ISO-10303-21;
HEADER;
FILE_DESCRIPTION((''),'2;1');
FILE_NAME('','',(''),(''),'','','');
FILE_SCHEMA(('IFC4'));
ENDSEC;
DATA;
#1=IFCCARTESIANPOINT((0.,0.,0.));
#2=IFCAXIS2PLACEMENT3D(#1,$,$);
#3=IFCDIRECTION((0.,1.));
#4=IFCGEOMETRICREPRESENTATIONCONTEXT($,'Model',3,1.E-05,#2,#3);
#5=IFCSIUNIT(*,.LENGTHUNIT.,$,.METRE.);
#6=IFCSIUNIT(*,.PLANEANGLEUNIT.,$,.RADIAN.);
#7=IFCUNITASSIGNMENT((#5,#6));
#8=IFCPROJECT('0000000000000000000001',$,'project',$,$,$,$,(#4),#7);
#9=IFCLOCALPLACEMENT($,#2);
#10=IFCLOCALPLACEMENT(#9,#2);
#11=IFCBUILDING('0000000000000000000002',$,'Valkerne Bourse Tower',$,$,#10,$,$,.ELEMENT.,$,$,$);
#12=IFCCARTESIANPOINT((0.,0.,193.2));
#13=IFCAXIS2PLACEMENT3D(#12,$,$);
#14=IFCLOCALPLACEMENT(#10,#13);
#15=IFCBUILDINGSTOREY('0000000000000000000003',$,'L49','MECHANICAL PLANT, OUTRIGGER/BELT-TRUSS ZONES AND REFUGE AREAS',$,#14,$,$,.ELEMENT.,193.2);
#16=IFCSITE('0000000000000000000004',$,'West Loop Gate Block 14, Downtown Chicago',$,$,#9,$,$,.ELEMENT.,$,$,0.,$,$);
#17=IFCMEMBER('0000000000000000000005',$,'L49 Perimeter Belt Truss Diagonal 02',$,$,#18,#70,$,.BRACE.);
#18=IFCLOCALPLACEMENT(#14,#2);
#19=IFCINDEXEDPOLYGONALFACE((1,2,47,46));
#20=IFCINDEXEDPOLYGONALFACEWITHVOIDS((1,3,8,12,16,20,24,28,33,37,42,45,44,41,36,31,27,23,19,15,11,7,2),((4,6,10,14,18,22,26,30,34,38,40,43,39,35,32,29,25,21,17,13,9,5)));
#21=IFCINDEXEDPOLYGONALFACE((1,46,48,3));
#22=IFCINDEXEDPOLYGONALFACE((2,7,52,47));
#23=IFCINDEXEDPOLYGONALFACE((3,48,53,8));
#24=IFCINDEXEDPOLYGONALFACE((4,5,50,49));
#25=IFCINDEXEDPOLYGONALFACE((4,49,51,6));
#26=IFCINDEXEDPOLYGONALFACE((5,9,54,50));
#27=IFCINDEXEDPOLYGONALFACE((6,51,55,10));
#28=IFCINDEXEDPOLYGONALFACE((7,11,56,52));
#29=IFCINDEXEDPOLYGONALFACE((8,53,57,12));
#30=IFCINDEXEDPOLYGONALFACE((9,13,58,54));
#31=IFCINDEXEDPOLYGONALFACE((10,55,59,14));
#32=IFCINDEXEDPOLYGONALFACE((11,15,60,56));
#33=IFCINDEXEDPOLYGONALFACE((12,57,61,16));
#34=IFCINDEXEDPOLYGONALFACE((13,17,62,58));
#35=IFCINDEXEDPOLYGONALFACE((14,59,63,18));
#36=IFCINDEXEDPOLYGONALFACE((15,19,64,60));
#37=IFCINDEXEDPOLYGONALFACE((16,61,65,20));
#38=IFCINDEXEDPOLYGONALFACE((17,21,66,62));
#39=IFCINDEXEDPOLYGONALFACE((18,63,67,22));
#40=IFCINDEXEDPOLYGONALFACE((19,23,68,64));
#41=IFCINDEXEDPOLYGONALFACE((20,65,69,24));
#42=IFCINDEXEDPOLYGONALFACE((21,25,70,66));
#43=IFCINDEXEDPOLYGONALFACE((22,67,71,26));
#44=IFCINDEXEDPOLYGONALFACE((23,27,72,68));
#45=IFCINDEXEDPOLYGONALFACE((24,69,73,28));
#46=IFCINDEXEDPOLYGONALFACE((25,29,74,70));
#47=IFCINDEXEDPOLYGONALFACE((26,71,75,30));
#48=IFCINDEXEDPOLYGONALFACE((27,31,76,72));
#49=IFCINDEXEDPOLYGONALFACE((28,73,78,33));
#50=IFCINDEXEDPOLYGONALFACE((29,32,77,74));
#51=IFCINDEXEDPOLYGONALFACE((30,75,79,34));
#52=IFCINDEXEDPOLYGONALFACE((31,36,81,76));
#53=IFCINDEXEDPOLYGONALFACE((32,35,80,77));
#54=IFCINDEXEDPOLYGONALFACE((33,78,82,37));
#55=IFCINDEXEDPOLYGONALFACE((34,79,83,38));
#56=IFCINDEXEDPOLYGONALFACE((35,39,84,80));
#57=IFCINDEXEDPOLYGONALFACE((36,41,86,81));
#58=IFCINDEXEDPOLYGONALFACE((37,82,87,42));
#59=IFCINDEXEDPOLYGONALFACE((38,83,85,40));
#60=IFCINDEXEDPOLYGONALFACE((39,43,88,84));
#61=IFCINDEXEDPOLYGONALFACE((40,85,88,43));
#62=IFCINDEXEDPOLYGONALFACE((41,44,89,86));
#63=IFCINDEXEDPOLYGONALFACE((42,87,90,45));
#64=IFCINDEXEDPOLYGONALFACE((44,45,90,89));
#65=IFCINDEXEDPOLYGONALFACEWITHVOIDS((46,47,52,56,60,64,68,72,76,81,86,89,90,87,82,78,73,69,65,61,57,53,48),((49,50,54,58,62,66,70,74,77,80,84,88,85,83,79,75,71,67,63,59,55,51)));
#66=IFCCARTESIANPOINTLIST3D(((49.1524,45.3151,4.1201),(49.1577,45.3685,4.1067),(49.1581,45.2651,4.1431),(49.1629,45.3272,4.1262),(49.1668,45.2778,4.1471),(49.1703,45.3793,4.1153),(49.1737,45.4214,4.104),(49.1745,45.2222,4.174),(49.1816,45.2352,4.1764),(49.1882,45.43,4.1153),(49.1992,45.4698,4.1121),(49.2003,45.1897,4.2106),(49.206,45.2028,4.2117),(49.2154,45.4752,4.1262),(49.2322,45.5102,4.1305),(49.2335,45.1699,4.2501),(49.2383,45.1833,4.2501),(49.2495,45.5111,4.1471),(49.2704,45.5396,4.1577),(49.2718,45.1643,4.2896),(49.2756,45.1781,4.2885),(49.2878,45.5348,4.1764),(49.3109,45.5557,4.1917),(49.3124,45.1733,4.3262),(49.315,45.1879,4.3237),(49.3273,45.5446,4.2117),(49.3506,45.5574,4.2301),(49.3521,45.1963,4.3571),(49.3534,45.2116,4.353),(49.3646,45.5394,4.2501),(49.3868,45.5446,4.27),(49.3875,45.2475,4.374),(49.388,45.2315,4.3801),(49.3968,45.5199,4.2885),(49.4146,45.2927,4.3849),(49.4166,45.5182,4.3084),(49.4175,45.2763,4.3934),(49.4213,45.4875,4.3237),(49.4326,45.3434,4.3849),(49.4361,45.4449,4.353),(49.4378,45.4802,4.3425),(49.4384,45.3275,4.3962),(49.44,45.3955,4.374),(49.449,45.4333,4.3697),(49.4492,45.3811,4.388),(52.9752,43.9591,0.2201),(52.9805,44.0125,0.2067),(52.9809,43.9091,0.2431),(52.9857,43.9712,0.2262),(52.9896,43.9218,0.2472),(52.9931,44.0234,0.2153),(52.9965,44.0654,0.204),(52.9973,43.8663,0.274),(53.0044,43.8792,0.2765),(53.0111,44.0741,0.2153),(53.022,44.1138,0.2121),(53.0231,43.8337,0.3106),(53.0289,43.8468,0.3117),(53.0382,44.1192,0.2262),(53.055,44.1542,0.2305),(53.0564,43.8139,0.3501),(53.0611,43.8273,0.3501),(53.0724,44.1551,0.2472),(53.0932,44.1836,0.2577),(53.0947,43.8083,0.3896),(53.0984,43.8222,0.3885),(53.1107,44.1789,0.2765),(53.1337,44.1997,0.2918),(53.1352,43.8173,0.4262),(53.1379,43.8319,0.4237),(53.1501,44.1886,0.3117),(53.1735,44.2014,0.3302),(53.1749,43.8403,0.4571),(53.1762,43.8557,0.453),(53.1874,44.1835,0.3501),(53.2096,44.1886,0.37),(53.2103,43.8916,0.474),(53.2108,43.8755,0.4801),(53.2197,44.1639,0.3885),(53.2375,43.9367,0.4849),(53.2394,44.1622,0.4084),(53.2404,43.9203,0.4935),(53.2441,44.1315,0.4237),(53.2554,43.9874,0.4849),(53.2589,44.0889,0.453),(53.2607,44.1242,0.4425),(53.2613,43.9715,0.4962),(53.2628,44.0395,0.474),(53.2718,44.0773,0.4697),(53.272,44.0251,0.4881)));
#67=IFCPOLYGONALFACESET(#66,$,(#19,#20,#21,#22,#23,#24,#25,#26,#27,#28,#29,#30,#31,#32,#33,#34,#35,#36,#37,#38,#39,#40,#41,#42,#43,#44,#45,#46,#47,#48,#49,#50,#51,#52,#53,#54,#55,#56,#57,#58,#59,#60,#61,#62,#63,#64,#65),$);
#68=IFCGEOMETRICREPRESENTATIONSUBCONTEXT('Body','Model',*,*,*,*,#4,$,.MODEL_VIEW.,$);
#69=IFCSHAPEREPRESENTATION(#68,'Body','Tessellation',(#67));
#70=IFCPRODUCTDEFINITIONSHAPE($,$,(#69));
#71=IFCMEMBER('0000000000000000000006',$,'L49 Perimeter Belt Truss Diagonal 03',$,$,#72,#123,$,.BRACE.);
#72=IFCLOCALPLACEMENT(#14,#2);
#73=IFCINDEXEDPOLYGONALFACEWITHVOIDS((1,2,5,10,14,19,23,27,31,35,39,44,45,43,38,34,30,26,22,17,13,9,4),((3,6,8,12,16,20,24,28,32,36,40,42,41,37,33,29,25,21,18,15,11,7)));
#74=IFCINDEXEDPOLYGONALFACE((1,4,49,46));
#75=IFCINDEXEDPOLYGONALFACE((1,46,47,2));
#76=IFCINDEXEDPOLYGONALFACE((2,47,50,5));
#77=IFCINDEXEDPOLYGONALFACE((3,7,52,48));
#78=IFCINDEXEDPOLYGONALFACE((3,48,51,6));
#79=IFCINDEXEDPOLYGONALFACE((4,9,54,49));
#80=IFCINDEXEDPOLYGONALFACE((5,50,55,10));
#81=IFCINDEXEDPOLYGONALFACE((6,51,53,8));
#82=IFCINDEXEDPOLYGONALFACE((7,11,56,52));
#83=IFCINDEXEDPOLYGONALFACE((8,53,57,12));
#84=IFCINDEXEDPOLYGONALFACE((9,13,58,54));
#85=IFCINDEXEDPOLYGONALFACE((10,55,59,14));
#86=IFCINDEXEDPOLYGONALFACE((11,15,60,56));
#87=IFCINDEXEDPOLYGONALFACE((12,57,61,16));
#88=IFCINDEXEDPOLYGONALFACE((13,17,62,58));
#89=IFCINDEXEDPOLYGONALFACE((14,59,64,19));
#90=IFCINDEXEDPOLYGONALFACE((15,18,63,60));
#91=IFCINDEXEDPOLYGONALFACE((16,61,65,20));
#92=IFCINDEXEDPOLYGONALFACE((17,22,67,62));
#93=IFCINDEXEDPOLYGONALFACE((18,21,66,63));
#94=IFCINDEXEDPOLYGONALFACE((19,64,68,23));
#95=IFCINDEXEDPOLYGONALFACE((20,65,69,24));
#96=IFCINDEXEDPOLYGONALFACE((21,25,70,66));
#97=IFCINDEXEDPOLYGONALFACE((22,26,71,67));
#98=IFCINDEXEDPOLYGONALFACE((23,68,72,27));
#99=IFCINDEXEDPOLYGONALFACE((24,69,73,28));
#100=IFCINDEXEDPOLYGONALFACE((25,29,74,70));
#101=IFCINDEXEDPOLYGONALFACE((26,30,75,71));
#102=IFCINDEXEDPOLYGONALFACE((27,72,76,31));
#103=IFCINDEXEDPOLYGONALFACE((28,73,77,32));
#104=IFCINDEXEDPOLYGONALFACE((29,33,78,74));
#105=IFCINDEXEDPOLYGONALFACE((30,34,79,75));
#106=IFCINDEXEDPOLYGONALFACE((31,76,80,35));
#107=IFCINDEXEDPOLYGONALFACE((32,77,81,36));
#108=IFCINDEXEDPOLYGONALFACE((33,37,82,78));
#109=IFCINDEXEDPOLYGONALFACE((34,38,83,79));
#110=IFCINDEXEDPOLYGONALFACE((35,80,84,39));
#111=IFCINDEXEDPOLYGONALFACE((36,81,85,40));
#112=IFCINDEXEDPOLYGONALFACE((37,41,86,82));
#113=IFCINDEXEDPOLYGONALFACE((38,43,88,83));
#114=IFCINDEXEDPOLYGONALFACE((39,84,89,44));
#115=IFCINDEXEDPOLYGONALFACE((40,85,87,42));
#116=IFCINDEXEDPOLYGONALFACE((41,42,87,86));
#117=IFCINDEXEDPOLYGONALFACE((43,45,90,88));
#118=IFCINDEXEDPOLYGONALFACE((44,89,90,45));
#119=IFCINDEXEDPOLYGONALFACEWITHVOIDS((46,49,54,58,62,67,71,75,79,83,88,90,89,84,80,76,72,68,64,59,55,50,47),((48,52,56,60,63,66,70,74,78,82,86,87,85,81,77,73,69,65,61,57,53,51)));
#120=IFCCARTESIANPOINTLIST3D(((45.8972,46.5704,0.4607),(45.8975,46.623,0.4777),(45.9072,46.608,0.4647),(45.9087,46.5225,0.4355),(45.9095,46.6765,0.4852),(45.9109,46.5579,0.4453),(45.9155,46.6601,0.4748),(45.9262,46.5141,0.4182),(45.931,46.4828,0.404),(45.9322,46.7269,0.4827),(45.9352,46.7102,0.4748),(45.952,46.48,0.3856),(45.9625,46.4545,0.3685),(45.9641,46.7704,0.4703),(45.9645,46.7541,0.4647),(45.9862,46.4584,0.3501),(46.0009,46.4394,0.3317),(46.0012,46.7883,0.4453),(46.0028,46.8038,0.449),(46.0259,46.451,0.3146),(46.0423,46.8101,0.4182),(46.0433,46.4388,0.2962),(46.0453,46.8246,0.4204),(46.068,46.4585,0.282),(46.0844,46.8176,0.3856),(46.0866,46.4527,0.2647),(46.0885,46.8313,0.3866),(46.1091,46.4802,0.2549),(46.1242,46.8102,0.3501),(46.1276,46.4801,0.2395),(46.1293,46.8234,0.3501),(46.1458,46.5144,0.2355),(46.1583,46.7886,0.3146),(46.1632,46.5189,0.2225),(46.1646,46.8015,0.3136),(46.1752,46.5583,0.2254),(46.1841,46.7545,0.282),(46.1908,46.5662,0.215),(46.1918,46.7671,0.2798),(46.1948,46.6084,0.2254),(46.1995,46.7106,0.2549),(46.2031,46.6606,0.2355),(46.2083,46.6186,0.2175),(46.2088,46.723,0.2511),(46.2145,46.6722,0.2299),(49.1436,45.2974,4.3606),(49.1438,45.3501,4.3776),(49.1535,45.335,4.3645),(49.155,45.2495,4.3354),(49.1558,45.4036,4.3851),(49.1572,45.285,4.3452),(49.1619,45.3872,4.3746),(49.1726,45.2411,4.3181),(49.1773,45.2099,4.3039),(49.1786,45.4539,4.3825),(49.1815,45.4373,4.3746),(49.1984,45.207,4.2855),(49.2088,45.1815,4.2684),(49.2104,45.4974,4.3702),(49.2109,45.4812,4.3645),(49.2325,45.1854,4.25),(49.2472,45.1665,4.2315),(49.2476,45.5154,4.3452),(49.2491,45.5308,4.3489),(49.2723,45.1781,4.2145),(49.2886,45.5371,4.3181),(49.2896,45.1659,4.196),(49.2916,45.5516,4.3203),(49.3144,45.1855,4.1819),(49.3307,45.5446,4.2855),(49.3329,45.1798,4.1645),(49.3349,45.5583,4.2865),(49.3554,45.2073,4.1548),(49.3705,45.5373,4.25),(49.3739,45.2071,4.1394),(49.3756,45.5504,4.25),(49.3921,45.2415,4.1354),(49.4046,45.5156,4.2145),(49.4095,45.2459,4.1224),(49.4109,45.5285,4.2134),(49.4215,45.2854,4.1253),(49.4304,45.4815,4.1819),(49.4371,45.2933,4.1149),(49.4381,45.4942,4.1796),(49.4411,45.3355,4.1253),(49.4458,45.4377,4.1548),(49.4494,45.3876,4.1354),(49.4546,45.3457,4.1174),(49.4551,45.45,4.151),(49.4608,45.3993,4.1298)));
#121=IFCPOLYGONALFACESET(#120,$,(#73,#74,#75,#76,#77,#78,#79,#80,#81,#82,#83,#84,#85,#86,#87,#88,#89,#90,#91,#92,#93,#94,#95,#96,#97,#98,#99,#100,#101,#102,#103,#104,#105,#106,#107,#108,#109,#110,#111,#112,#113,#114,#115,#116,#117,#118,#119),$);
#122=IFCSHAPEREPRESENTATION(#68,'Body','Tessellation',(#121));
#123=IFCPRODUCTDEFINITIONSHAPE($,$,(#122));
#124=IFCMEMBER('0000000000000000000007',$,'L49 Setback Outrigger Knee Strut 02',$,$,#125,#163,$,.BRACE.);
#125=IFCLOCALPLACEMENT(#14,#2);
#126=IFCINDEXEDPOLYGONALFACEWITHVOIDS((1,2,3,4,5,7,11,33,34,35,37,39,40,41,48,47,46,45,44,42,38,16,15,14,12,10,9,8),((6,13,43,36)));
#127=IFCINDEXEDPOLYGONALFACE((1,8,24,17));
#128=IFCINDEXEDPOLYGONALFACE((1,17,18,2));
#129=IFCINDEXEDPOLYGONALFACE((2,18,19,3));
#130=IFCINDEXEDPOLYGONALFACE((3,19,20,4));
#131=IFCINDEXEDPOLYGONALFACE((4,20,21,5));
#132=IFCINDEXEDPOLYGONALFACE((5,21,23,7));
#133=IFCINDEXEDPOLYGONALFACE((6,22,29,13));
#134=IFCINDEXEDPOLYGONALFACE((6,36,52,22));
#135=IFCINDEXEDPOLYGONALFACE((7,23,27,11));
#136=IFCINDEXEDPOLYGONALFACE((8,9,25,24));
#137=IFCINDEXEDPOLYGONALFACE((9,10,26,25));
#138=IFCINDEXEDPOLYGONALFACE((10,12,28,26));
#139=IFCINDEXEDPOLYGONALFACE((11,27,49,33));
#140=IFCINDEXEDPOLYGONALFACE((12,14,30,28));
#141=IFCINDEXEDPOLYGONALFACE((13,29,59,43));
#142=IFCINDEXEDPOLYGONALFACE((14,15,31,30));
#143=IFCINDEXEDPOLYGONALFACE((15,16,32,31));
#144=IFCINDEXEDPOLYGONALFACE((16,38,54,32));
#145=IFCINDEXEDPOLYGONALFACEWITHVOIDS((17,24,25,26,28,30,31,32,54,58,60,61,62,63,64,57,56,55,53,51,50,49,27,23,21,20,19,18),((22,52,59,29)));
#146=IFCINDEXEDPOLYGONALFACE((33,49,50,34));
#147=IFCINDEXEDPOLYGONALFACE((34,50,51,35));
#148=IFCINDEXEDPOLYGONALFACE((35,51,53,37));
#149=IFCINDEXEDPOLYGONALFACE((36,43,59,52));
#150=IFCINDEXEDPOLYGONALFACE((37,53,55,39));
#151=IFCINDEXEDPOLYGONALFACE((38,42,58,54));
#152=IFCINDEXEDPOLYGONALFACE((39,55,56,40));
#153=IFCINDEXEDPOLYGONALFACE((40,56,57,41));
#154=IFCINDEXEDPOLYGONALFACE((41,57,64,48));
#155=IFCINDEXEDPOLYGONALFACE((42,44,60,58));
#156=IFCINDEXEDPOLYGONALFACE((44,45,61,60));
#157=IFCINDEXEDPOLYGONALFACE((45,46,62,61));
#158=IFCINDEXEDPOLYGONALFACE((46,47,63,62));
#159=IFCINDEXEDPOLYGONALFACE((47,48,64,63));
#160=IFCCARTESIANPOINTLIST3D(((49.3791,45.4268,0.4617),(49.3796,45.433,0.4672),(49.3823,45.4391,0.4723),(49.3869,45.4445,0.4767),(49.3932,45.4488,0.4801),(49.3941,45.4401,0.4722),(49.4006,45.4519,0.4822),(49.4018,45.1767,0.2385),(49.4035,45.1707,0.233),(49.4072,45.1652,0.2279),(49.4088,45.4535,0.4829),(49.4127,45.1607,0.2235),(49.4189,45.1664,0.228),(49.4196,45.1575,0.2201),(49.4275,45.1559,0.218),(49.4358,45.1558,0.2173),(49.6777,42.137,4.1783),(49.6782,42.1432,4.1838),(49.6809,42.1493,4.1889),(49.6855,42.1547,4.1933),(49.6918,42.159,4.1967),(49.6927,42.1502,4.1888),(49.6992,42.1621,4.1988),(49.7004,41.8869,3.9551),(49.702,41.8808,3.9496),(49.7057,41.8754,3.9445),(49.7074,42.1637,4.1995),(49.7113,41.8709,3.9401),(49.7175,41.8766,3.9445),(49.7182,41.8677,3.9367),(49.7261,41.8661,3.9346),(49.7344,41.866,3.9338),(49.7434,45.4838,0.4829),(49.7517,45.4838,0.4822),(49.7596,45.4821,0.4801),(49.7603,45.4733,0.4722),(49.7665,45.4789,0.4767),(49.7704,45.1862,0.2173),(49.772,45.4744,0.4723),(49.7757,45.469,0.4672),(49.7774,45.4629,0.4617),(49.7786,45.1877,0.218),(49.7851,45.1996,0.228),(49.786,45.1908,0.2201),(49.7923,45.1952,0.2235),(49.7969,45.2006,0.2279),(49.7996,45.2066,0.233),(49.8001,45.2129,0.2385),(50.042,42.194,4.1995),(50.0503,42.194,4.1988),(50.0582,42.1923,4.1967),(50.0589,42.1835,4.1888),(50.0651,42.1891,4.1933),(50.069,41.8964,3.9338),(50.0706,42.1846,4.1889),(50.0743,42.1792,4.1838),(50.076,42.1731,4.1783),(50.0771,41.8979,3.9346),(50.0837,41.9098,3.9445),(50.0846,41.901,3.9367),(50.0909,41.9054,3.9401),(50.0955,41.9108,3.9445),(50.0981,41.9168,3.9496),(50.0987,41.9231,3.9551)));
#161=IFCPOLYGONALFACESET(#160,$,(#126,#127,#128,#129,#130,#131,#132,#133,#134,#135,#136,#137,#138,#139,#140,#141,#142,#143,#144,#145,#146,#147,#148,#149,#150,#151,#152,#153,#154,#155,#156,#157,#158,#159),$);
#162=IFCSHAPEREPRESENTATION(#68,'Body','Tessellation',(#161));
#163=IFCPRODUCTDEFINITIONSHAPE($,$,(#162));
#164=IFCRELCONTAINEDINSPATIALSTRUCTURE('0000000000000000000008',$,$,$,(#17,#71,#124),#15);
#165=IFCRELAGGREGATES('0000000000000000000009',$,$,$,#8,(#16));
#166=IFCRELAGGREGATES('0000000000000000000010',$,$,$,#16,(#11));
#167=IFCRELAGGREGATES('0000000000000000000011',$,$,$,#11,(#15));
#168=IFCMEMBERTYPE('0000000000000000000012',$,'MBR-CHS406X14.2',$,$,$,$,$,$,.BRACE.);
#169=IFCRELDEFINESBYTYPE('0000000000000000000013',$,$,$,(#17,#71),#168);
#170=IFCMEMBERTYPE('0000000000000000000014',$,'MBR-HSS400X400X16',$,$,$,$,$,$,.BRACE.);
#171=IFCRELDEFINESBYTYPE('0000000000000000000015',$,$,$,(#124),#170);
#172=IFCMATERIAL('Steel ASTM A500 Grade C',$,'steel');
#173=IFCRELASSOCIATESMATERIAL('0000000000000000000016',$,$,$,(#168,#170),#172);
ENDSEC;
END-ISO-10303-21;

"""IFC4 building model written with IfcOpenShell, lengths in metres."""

from ifc_helpers import new_model, si_unit, direction, frame, origin, origin_2d, place, context, subcontext, project, spatial, hollow_rectangle, hollow_circle, extrude, material, material_profile, profile_set, type_object, element, save


model = new_model("IFC4")

# Units and contexts
model_context = context("Model", 3, precision=1e-05, world=origin(), true_north=direction((0.0, 1.0)))
body_context = subcontext(model_context, "Body", "Model", "MODEL_VIEW")
ifc_project = project(units=[si_unit("LENGTHUNIT", "METRE"), si_unit("PLANEANGLEUNIT", "RADIAN")], contexts=[model_context])

# Site, building, storey
site_placement = place(None, origin())
site = spatial("IfcSite", under=ifc_project, at=site_placement, Name="West Loop Gate Block 14, Downtown Chicago", CompositionType="ELEMENT", RefElevation=0.0)
building_placement = place(site_placement, origin())
building = spatial("IfcBuilding", under=site, at=building_placement, Name="Valkerne Bourse Tower", CompositionType="ELEMENT")
storey_placement = place(building_placement, frame((0.0, 0.0, 193.2)))
storey = spatial("IfcBuildingStorey", under=building, at=storey_placement, Name="L49", Description="MECHANICAL PLANT, OUTRIGGER/BELT-TRUSS ZONES AND REFUGE AREAS", CompositionType="ELEMENT", Elevation=193.2)

# Members
ifc_material_1 = material(Name="Steel ASTM A500 Grade C", Category="steel")
ifc_material_profile_1 = material_profile(ifc_material_1, hollow_circle(Radius=0.2031, WallThickness=0.0142, at=origin_2d()), Name="CHS406X14.2")
ifc_profile_set_1 = profile_set([ifc_material_profile_1], Name="Steel ASTM A500 Grade C")
member_type_1 = type_object("IfcMemberType", Name="MBR-CHS406X14.2", PredefinedType="BRACE", material=ifc_profile_set_1)
member_1_placement = place(storey_placement, frame((53.1243, 44.0054, 0.3501), z_axis=(-0.679379, 0.24098, 0.69309), x_axis=(-0.334299, -0.942467, 0.0)))
element("IfcMember", 1, at=member_1_placement, inside=storey, type_object=member_type_1, Name="L49 Perimeter Belt Truss Diagonal 02", PredefinedType="BRACE", context=body_context, shape_type="SweptSolid", body=[
    extrude(hollow_circle(Radius=0.2031, WallThickness=0.0142, at=origin_2d()), origin(), (0.0, 0.0, 1.0), 5.627),
])
member_2_placement = place(storey_placement, frame((46.0552, 46.6343, 0.3501), z_axis=(0.620539, -0.243325, 0.745469), x_axis=(0.365057, 0.930985, 0.0)))
element("IfcMember", 2, at=member_2_placement, inside=storey, type_object=member_type_1, Name="L49 Perimeter Belt Truss Diagonal 03", PredefinedType="BRACE", context=body_context, shape_type="SweptSolid", body=[
    extrude(hollow_circle(Radius=0.2031, WallThickness=0.0142, at=origin_2d()), origin(), (0.0, 0.0, 1.0), 5.2314),
])
ifc_material_profile_2 = material_profile(ifc_material_1, hollow_rectangle(XDim=0.3999, YDim=0.3999, WallThickness=0.0161, OuterFilletRadius=0.032, at=origin_2d()), Name="HSS400X400X16")
ifc_profile_set_2 = profile_set([ifc_material_profile_2], Name="Steel ASTM A500 Grade C")
member_type_2 = type_object("IfcMemberType", Name="MBR-HSS400X400X16", PredefinedType="BRACE", material=ifc_profile_set_2)
member_3_placement = place(storey_placement, frame((49.5896, 45.3198, 0.3501), z_axis=(0.060048, -0.661612, 0.747438), x_axis=(0.995907, 0.090389, 0.0)))
element("IfcMember", 3, at=member_3_placement, inside=storey, type_object=member_type_2, Name="L49 Setback Outrigger Knee Strut 02", PredefinedType="BRACE", context=body_context, shape_type="SweptSolid", body=[
    extrude(hollow_rectangle(XDim=0.3999, YDim=0.3999, WallThickness=0.0161, OuterFilletRadius=0.032, at=origin_2d()), origin(), (0.0, 0.0, 1.0), 4.9724),
])

save(model, "model.ifc")
